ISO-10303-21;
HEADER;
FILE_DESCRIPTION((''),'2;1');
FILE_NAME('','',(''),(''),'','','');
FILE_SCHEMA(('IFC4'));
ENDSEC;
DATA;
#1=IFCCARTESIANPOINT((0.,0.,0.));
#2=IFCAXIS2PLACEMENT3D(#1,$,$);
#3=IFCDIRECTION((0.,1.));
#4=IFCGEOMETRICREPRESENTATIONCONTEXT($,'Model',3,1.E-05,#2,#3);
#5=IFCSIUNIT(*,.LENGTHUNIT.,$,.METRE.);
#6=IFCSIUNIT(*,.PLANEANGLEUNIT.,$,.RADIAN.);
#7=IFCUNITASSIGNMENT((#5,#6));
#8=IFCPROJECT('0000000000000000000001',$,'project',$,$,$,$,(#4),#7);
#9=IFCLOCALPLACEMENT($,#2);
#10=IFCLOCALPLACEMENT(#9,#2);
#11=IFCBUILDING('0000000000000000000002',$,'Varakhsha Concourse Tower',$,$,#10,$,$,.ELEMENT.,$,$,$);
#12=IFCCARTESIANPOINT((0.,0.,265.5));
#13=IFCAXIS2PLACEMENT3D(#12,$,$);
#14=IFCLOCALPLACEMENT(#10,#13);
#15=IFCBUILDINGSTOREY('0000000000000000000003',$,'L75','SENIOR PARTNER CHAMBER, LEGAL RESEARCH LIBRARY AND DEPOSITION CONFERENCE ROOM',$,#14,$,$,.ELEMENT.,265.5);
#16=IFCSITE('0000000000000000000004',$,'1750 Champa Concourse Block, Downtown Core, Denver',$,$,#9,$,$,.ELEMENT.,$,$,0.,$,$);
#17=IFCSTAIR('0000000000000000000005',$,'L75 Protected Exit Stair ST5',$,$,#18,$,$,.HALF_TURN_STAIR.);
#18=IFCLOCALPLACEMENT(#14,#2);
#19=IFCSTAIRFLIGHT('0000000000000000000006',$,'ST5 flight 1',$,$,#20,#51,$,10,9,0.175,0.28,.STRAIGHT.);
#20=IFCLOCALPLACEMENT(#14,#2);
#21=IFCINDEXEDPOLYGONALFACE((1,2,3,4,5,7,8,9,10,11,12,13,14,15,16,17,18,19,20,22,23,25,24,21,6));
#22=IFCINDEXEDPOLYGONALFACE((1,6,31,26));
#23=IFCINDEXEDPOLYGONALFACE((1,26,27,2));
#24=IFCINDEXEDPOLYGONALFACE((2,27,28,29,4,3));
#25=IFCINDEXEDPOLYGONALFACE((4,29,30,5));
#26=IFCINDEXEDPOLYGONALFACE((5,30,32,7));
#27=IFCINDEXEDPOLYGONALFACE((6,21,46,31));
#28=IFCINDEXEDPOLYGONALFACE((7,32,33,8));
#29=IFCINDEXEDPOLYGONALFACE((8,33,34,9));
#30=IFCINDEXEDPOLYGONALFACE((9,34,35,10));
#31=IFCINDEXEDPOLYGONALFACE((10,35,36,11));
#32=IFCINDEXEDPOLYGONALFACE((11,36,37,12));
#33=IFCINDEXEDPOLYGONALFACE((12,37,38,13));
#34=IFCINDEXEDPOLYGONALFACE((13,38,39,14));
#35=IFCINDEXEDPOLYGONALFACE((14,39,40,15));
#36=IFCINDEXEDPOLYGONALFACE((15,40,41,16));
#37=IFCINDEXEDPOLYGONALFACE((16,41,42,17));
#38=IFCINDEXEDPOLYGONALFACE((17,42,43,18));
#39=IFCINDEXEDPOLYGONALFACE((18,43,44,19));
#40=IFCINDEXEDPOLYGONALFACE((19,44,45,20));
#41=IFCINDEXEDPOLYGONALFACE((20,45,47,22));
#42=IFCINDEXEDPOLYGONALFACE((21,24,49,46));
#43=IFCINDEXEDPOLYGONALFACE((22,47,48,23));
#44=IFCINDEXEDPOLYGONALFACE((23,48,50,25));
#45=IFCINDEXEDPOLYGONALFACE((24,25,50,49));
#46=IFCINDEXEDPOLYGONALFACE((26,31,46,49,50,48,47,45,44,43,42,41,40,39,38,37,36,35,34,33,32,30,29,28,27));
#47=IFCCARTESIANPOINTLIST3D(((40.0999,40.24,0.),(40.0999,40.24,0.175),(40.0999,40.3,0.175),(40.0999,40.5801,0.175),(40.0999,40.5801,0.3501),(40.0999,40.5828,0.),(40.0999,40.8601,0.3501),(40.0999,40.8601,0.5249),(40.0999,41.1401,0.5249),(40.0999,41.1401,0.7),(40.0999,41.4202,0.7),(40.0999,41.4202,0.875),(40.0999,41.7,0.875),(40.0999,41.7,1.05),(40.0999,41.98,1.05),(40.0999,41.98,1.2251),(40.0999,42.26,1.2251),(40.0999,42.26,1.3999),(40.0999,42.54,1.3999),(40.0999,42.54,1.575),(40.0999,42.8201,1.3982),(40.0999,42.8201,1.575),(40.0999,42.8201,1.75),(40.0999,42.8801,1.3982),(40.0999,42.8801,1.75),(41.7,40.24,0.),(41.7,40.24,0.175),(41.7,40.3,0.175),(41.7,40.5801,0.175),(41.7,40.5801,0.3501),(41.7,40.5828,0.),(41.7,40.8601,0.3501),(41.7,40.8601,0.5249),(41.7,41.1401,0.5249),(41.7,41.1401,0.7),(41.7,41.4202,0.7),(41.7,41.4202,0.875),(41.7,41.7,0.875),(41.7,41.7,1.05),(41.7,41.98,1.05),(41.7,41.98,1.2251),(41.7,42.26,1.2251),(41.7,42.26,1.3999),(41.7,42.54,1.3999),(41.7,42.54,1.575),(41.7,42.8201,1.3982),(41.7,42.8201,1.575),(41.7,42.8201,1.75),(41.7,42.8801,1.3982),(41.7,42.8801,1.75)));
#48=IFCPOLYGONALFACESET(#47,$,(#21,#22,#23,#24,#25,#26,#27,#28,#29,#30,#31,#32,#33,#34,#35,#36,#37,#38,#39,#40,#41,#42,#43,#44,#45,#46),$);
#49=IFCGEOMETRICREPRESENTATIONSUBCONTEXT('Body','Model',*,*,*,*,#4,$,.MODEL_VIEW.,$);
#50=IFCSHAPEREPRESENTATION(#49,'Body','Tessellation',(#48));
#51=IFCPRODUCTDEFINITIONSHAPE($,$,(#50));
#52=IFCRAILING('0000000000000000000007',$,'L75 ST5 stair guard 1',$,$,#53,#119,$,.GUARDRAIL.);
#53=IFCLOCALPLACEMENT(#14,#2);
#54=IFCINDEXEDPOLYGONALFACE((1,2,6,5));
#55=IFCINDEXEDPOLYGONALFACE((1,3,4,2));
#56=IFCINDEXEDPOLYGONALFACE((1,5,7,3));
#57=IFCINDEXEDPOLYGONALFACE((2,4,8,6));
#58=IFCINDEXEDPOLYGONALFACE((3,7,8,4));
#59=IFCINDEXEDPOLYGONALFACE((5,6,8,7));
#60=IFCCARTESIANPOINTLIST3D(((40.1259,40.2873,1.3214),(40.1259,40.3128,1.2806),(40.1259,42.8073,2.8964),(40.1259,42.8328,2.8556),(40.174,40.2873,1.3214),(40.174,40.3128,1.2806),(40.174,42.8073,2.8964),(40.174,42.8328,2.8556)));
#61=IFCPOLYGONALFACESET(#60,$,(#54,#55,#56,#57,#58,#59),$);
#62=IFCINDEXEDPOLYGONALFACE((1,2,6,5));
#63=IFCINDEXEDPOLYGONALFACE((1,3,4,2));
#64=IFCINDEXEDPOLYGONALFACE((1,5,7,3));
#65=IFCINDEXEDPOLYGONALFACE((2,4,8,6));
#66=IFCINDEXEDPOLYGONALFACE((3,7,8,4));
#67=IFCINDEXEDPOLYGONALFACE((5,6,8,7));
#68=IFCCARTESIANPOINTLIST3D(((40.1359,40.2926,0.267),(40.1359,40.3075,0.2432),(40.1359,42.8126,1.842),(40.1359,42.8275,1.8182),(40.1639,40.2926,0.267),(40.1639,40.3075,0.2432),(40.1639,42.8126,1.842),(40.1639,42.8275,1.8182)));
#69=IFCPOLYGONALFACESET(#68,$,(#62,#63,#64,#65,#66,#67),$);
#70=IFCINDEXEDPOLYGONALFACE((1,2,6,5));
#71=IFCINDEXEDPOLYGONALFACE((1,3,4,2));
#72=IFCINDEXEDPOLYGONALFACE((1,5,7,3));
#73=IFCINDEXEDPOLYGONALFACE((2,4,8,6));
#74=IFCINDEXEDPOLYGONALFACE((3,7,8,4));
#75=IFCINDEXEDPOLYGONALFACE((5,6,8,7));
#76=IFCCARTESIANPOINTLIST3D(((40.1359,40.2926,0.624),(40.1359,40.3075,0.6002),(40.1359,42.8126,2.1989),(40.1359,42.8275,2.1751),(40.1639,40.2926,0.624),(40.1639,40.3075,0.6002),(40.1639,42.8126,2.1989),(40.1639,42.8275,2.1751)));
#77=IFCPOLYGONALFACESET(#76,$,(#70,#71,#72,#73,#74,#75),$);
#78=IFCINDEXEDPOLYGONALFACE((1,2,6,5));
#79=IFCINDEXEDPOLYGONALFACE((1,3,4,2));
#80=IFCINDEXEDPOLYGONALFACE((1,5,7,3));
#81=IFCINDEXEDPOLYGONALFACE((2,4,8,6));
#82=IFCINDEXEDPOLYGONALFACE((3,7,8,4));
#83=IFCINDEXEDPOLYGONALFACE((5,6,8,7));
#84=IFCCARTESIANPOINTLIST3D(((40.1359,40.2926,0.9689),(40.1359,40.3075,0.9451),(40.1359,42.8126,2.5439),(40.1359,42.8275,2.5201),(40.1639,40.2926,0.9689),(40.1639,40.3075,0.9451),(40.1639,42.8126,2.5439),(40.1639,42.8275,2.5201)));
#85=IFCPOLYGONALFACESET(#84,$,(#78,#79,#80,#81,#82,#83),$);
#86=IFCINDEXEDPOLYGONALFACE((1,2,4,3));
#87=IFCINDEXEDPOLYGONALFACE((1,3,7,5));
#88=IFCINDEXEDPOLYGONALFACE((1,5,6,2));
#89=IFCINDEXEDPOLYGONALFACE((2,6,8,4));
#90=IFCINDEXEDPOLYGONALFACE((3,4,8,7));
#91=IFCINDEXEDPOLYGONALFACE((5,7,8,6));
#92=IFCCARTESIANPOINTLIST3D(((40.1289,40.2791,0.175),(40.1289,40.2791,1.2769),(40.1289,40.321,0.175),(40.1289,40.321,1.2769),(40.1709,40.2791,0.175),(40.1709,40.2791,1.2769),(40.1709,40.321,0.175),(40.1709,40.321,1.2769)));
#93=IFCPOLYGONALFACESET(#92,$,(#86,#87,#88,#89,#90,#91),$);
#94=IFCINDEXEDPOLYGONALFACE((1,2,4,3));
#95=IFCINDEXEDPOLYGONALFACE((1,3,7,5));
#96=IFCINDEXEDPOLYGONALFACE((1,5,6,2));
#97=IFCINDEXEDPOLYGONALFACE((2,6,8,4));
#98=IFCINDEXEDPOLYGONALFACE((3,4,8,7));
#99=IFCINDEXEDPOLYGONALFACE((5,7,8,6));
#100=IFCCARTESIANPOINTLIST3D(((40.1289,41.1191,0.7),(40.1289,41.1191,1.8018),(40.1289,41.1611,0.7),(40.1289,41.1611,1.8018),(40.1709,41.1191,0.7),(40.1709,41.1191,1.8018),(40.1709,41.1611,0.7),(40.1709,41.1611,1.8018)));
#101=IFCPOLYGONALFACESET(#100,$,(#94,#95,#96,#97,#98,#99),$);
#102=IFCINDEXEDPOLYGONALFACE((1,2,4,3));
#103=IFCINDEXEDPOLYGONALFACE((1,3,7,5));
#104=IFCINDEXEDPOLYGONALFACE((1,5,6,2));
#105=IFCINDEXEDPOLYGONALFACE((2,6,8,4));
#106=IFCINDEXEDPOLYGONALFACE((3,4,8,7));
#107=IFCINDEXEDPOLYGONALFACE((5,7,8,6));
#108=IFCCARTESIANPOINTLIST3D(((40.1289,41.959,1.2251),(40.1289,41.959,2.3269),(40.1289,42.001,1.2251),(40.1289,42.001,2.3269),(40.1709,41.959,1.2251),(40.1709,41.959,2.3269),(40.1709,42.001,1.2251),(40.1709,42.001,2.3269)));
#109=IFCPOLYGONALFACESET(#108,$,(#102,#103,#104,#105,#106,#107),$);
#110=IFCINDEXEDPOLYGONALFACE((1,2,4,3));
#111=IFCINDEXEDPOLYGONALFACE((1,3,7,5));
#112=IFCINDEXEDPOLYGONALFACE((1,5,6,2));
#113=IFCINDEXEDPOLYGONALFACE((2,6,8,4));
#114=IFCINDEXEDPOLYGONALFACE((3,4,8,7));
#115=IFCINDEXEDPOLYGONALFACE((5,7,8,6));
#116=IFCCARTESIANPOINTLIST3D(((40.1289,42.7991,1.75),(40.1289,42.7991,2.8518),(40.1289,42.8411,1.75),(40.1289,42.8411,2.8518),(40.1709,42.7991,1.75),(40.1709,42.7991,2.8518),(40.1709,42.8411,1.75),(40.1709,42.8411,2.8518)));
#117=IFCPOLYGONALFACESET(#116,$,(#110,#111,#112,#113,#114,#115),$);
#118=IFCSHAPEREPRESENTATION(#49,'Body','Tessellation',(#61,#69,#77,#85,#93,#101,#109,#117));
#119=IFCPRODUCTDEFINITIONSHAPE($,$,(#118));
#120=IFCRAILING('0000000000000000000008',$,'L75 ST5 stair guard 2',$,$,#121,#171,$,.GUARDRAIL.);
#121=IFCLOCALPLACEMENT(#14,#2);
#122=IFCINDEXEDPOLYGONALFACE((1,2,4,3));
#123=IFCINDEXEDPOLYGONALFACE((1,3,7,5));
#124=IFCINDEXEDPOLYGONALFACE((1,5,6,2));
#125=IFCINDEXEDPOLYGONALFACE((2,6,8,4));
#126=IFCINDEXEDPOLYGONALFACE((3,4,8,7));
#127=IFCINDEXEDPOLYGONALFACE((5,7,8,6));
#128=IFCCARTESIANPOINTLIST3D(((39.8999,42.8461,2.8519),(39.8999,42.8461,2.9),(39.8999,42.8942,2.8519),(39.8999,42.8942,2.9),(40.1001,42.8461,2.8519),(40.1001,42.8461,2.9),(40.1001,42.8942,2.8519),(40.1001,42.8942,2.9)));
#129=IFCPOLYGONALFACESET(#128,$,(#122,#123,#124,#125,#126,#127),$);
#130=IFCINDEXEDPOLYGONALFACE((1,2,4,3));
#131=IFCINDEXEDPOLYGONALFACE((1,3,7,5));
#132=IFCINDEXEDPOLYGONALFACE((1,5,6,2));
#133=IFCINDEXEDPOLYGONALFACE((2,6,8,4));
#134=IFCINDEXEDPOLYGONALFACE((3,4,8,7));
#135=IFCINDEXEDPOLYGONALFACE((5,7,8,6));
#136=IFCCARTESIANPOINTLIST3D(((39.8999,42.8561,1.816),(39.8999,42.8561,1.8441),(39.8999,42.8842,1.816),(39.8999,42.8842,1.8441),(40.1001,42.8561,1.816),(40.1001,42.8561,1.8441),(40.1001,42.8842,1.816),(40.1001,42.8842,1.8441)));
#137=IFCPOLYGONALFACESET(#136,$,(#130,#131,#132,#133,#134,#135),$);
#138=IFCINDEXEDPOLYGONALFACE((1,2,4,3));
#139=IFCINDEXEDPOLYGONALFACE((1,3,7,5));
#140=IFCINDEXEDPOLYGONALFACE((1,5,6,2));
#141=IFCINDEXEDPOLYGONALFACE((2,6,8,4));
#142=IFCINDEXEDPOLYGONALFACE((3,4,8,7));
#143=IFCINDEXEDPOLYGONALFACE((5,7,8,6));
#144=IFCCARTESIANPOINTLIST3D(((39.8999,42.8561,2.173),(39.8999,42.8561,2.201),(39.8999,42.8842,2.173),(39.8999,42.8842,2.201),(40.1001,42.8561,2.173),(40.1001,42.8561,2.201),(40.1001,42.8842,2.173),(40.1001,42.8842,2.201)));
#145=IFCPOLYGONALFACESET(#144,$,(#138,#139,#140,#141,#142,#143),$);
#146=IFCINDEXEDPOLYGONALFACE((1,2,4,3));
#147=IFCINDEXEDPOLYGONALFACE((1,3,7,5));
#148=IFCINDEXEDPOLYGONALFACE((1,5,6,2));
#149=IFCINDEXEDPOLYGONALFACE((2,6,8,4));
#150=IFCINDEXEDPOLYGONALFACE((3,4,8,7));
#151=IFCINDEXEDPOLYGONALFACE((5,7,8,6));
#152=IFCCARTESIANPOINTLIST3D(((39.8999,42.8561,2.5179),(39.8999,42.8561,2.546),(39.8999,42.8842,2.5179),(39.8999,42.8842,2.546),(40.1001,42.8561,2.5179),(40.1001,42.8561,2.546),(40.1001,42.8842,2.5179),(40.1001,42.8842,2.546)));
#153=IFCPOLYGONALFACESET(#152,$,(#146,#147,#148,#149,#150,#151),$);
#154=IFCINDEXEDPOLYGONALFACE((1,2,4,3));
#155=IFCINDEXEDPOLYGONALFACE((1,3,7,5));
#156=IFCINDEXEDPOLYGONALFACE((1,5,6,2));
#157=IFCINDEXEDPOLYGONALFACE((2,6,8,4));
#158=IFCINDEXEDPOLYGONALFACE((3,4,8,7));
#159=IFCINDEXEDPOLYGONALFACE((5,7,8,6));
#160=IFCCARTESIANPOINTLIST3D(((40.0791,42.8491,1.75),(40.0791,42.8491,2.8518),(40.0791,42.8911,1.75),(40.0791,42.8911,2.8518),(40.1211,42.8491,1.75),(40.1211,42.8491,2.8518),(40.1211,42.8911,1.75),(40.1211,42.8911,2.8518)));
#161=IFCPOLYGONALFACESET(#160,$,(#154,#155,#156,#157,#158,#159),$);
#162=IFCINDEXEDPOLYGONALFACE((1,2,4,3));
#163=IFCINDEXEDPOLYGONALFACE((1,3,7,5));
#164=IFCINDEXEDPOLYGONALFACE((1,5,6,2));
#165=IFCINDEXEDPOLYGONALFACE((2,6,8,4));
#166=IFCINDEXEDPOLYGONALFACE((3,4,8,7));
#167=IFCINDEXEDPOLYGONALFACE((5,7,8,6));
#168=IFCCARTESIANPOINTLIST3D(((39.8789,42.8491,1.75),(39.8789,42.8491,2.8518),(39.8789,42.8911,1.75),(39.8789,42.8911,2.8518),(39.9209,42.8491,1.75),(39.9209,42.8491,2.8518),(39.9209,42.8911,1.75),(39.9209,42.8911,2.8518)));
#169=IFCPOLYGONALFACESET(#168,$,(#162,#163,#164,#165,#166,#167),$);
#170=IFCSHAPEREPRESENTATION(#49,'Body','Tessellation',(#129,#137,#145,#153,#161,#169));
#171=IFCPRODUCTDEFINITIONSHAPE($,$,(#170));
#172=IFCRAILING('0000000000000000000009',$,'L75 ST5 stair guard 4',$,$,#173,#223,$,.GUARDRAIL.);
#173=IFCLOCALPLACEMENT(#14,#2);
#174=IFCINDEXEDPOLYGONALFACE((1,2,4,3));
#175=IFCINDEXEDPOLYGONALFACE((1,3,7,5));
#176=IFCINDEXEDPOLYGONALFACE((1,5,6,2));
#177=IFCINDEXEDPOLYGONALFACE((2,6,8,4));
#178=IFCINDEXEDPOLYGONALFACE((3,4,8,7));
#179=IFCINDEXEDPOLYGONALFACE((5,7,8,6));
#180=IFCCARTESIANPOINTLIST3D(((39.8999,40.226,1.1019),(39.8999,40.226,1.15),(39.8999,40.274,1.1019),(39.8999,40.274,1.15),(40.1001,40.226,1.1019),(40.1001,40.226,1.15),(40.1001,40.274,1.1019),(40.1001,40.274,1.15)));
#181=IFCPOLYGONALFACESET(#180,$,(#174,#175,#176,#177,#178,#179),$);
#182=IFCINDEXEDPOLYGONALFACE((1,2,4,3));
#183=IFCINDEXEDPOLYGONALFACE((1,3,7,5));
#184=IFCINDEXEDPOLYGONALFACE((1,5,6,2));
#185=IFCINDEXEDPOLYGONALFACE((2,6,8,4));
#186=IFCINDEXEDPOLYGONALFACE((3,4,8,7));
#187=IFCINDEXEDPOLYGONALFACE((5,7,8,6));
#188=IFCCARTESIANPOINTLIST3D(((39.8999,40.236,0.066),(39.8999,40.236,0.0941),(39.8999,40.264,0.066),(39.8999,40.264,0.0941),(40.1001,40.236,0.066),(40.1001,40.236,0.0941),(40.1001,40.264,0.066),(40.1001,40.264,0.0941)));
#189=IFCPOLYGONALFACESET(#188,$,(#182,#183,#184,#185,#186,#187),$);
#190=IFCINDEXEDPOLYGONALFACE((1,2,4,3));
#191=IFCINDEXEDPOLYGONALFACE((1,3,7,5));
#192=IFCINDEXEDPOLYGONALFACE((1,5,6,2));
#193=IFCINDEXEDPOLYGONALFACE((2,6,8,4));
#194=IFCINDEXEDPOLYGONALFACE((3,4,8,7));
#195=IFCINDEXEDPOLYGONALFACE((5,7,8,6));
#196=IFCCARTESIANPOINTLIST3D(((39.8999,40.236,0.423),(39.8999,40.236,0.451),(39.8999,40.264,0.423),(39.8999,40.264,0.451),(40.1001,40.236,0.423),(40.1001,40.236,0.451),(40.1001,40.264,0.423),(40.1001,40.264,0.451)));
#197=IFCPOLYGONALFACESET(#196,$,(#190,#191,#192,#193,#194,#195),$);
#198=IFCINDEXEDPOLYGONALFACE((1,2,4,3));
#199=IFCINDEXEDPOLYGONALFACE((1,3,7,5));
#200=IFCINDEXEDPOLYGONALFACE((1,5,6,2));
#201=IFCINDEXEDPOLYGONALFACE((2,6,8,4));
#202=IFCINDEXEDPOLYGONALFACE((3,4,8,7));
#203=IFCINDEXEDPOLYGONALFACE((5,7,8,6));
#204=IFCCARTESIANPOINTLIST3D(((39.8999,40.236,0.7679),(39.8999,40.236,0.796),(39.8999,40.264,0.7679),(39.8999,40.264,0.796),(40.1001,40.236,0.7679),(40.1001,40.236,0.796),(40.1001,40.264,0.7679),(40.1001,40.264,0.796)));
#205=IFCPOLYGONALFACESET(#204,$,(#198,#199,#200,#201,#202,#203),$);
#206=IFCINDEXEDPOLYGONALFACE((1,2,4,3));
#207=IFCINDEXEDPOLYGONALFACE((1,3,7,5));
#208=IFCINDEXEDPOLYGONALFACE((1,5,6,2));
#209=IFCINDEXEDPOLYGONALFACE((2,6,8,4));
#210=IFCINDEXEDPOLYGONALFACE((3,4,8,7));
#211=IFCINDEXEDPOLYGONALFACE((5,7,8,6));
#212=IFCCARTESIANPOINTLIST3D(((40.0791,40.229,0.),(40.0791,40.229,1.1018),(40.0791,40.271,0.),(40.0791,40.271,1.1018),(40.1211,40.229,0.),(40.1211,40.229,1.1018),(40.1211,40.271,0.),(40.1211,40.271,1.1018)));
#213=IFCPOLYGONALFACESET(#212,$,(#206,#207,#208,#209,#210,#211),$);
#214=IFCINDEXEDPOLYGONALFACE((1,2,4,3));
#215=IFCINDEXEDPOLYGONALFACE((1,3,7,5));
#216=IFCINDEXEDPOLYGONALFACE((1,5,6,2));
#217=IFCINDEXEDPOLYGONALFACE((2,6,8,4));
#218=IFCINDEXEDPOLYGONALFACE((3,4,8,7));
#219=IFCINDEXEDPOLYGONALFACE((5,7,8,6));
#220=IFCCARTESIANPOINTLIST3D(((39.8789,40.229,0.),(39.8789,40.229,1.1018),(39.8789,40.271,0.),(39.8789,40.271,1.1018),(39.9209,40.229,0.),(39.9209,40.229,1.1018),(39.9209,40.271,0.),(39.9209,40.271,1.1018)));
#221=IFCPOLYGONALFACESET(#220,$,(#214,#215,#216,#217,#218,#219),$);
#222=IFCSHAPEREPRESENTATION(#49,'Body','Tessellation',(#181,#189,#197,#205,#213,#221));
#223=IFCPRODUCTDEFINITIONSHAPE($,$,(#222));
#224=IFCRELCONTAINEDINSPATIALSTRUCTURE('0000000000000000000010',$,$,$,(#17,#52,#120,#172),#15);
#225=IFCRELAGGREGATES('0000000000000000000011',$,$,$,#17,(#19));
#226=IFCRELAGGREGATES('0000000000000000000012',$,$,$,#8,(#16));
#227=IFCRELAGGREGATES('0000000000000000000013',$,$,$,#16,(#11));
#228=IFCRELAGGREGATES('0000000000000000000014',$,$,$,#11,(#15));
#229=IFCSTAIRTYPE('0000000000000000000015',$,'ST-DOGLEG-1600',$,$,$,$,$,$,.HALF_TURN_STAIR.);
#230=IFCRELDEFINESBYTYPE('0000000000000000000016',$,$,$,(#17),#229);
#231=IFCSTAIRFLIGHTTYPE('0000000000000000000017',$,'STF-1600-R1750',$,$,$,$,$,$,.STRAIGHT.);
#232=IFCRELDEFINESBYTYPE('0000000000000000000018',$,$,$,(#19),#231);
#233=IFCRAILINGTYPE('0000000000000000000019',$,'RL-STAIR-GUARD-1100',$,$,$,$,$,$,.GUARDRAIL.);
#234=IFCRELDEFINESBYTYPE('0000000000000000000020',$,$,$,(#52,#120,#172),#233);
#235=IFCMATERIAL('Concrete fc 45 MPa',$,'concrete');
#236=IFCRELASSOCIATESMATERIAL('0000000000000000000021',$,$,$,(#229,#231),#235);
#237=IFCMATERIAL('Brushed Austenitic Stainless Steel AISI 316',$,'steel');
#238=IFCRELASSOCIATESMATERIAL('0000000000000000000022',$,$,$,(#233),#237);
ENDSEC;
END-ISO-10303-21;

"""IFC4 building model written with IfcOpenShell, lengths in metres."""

from ifc_helpers import new_model, si_unit, direction, frame, origin, origin_2d, place, context, subcontext, project, spatial, polyline, rectangle, outline, extrude, material, type_object, element, aggregate, save


model = new_model("IFC4")

# Units and contexts
model_context = context("Model", 3, precision=1e-05, world=origin(), true_north=direction((0.0, 1.0)))
body_context = subcontext(model_context, "Body", "Model", "MODEL_VIEW")
ifc_project = project(units=[si_unit("LENGTHUNIT", "METRE"), si_unit("PLANEANGLEUNIT", "RADIAN")], contexts=[model_context])

# Site, building, storey
site_placement = place(None, origin())
site = spatial("IfcSite", under=ifc_project, at=site_placement, Name="1750 Champa Concourse Block, Downtown Core, Denver", CompositionType="ELEMENT", RefElevation=0.0)
building_placement = place(site_placement, origin())
building = spatial("IfcBuilding", under=site, at=building_placement, Name="Varakhsha Concourse Tower", CompositionType="ELEMENT")
storey_placement = place(building_placement, frame((0.0, 0.0, 265.5)))
storey = spatial("IfcBuildingStorey", under=building, at=storey_placement, Name="L75", Description="SENIOR PARTNER CHAMBER, LEGAL RESEARCH LIBRARY AND DEPOSITION CONFERENCE ROOM", CompositionType="ELEMENT", Elevation=265.5)

# Shared definitions
ifc_material_1 = material(Name="Concrete fc 45 MPa", Category="concrete")

# Stair, stair flight
stair_type = type_object("IfcStairType", Name="ST-DOGLEG-1600", PredefinedType="HALF_TURN_STAIR", material=ifc_material_1)
stair_placement = place(storey_placement, origin())
stair = element("IfcStair", 1, at=stair_placement, inside=storey, type_object=stair_type, Name="L75 Protected Exit Stair ST5", PredefinedType="HALF_TURN_STAIR")
stair_flight_type = type_object("IfcStairFlightType", Name="STF-1600-R1750", PredefinedType="STRAIGHT", material=ifc_material_1)
stair_flight_placement = place(storey_placement, frame((40.8999, 40.3, 0.0), z_axis=(0.0, 0.0, 1.0), x_axis=(0.0, 1.0, 0.0)))
stair_flight = element("IfcStairFlight", 2, at=stair_flight_placement, type_object=stair_flight_type, Name="ST5 flight 1", NumberOfRisers=10, NumberOfTreads=9, PredefinedType="STRAIGHT", RiserHeight=0.175, TreadLength=0.28, context=body_context, shape_type="SweptSolid", body=[
    extrude(outline(polyline([(-0.0601, 0.0), (-0.0601, 0.175), (0.0, 0.175), (0.28, 0.175), (0.28, 0.3501), (0.5601, 0.3501), (0.5601, 0.5249), (0.8401, 0.5249), (0.8401, 0.7), (1.1201, 0.7), (1.1201, 0.875), (1.3999, 0.875), (1.3999, 1.05), (1.6799, 1.05), (1.6799, 1.2251), (1.96, 1.2251), (1.96, 1.3999), (2.24, 1.3999), (2.24, 1.575), (2.52, 1.575), (2.52, 1.75), (2.5801, 1.75), (2.5801, 1.3982), (2.52, 1.3982), (0.2827, 0.0), (-0.0601, 0.0)])), frame((0.0, 0.8, 0.0), z_axis=(0.0, -1.0, 0.0), x_axis=(1.0, 0.0, 0.0)), (0.0, 0.0, 1.0), 1.6001),
])
aggregate(stair, [stair_flight])

# Railings
ifc_material_2 = material(Name="Brushed Austenitic Stainless Steel AISI 316", Category="steel")
railing_type_1 = type_object("IfcRailingType", Name="RL-STAIR-GUARD-1100", PredefinedType="GUARDRAIL", material=ifc_material_2)
railing_1_placement = place(storey_placement, frame((40.1499, 40.3, 0.175)))
element("IfcRailing", 3, at=railing_1_placement, inside=storey, type_object=railing_type_1, Name="L75 ST5 stair guard 1", PredefinedType="GUARDRAIL", context=body_context, shape_type="SweptSolid", body=[
    extrude(rectangle(XDim=0.0481, YDim=0.0481, at=origin_2d()), frame((0.0, 0.0, 1.126), z_axis=(0.0, 0.848008, 0.529984), x_axis=(-1.0, 0.0, 0.0)), (0.0, 0.0, 1.0), 2.9717),
    extrude(rectangle(XDim=0.0281, YDim=0.0281, at=origin_2d()), frame((0.0, 0.0, 0.0801), z_axis=(0.0, 0.848008, 0.529984), x_axis=(-1.0, 0.0, 0.0)), (0.0, 0.0, 1.0), 2.9717),
    extrude(rectangle(XDim=0.0281, YDim=0.0281, at=origin_2d()), frame((0.0, 0.0, 0.437), z_axis=(0.0, 0.848008, 0.529984), x_axis=(-1.0, 0.0, 0.0)), (0.0, 0.0, 1.0), 2.9717),
    extrude(rectangle(XDim=0.0281, YDim=0.0281, at=origin_2d()), frame((0.0, 0.0, 0.782), z_axis=(0.0, 0.848008, 0.529984), x_axis=(-1.0, 0.0, 0.0)), (0.0, 0.0, 1.0), 2.9717),
    extrude(rectangle(XDim=0.042, YDim=0.042, at=origin_2d()), origin(), (0.0, 0.0, 1.0), 1.1018),
    extrude(rectangle(XDim=0.042, YDim=0.042, at=origin_2d()), frame((0.0, 0.8401, 0.5249)), (0.0, 0.0, 1.0), 1.1018),
    extrude(rectangle(XDim=0.042, YDim=0.042, at=origin_2d()), frame((0.0, 1.6799, 1.05)), (0.0, 0.0, 1.0), 1.1018),
    extrude(rectangle(XDim=0.042, YDim=0.042, at=origin_2d()), frame((0.0, 2.52, 1.575)), (0.0, 0.0, 1.0), 1.1018),
])
for number, where, name in (
    (4, (40.1001, 42.8701, 1.75), "L75 ST5 stair guard 2"),
    (5, (40.1001, 40.25, 0.0), "L75 ST5 stair guard 4"),
):
    element("IfcRailing", number, at=place(storey_placement, frame(where)), inside=storey, type_object=railing_type_1, Name=name, PredefinedType="GUARDRAIL", context=body_context, shape_type="SweptSolid", body=[
        extrude(rectangle(XDim=0.0481, YDim=0.0481, at=origin_2d()), frame((0.0, 0.0, 1.126), z_axis=(-1.0, 0.0, 0.0), x_axis=(0.0, -1.0, 0.0)), (0.0, 0.0, 1.0), 0.2002),
        extrude(rectangle(XDim=0.0281, YDim=0.0281, at=origin_2d()), frame((0.0, 0.0, 0.0801), z_axis=(-1.0, 0.0, 0.0), x_axis=(0.0, -1.0, 0.0)), (0.0, 0.0, 1.0), 0.2002),
        extrude(rectangle(XDim=0.0281, YDim=0.0281, at=origin_2d()), frame((0.0, 0.0, 0.437), z_axis=(-1.0, 0.0, 0.0), x_axis=(0.0, -1.0, 0.0)), (0.0, 0.0, 1.0), 0.2002),
        extrude(rectangle(XDim=0.0281, YDim=0.0281, at=origin_2d()), frame((0.0, 0.0, 0.782), z_axis=(-1.0, 0.0, 0.0), x_axis=(0.0, -1.0, 0.0)), (0.0, 0.0, 1.0), 0.2002),
        extrude(rectangle(XDim=0.042, YDim=0.042, at=origin_2d()), origin(), (0.0, 0.0, 1.0), 1.1018),
        extrude(rectangle(XDim=0.042, YDim=0.042, at=origin_2d()), frame((-0.2002, 0.0, 0.0)), (0.0, 0.0, 1.0), 1.1018),
    ])

save(model, "model.ifc")
